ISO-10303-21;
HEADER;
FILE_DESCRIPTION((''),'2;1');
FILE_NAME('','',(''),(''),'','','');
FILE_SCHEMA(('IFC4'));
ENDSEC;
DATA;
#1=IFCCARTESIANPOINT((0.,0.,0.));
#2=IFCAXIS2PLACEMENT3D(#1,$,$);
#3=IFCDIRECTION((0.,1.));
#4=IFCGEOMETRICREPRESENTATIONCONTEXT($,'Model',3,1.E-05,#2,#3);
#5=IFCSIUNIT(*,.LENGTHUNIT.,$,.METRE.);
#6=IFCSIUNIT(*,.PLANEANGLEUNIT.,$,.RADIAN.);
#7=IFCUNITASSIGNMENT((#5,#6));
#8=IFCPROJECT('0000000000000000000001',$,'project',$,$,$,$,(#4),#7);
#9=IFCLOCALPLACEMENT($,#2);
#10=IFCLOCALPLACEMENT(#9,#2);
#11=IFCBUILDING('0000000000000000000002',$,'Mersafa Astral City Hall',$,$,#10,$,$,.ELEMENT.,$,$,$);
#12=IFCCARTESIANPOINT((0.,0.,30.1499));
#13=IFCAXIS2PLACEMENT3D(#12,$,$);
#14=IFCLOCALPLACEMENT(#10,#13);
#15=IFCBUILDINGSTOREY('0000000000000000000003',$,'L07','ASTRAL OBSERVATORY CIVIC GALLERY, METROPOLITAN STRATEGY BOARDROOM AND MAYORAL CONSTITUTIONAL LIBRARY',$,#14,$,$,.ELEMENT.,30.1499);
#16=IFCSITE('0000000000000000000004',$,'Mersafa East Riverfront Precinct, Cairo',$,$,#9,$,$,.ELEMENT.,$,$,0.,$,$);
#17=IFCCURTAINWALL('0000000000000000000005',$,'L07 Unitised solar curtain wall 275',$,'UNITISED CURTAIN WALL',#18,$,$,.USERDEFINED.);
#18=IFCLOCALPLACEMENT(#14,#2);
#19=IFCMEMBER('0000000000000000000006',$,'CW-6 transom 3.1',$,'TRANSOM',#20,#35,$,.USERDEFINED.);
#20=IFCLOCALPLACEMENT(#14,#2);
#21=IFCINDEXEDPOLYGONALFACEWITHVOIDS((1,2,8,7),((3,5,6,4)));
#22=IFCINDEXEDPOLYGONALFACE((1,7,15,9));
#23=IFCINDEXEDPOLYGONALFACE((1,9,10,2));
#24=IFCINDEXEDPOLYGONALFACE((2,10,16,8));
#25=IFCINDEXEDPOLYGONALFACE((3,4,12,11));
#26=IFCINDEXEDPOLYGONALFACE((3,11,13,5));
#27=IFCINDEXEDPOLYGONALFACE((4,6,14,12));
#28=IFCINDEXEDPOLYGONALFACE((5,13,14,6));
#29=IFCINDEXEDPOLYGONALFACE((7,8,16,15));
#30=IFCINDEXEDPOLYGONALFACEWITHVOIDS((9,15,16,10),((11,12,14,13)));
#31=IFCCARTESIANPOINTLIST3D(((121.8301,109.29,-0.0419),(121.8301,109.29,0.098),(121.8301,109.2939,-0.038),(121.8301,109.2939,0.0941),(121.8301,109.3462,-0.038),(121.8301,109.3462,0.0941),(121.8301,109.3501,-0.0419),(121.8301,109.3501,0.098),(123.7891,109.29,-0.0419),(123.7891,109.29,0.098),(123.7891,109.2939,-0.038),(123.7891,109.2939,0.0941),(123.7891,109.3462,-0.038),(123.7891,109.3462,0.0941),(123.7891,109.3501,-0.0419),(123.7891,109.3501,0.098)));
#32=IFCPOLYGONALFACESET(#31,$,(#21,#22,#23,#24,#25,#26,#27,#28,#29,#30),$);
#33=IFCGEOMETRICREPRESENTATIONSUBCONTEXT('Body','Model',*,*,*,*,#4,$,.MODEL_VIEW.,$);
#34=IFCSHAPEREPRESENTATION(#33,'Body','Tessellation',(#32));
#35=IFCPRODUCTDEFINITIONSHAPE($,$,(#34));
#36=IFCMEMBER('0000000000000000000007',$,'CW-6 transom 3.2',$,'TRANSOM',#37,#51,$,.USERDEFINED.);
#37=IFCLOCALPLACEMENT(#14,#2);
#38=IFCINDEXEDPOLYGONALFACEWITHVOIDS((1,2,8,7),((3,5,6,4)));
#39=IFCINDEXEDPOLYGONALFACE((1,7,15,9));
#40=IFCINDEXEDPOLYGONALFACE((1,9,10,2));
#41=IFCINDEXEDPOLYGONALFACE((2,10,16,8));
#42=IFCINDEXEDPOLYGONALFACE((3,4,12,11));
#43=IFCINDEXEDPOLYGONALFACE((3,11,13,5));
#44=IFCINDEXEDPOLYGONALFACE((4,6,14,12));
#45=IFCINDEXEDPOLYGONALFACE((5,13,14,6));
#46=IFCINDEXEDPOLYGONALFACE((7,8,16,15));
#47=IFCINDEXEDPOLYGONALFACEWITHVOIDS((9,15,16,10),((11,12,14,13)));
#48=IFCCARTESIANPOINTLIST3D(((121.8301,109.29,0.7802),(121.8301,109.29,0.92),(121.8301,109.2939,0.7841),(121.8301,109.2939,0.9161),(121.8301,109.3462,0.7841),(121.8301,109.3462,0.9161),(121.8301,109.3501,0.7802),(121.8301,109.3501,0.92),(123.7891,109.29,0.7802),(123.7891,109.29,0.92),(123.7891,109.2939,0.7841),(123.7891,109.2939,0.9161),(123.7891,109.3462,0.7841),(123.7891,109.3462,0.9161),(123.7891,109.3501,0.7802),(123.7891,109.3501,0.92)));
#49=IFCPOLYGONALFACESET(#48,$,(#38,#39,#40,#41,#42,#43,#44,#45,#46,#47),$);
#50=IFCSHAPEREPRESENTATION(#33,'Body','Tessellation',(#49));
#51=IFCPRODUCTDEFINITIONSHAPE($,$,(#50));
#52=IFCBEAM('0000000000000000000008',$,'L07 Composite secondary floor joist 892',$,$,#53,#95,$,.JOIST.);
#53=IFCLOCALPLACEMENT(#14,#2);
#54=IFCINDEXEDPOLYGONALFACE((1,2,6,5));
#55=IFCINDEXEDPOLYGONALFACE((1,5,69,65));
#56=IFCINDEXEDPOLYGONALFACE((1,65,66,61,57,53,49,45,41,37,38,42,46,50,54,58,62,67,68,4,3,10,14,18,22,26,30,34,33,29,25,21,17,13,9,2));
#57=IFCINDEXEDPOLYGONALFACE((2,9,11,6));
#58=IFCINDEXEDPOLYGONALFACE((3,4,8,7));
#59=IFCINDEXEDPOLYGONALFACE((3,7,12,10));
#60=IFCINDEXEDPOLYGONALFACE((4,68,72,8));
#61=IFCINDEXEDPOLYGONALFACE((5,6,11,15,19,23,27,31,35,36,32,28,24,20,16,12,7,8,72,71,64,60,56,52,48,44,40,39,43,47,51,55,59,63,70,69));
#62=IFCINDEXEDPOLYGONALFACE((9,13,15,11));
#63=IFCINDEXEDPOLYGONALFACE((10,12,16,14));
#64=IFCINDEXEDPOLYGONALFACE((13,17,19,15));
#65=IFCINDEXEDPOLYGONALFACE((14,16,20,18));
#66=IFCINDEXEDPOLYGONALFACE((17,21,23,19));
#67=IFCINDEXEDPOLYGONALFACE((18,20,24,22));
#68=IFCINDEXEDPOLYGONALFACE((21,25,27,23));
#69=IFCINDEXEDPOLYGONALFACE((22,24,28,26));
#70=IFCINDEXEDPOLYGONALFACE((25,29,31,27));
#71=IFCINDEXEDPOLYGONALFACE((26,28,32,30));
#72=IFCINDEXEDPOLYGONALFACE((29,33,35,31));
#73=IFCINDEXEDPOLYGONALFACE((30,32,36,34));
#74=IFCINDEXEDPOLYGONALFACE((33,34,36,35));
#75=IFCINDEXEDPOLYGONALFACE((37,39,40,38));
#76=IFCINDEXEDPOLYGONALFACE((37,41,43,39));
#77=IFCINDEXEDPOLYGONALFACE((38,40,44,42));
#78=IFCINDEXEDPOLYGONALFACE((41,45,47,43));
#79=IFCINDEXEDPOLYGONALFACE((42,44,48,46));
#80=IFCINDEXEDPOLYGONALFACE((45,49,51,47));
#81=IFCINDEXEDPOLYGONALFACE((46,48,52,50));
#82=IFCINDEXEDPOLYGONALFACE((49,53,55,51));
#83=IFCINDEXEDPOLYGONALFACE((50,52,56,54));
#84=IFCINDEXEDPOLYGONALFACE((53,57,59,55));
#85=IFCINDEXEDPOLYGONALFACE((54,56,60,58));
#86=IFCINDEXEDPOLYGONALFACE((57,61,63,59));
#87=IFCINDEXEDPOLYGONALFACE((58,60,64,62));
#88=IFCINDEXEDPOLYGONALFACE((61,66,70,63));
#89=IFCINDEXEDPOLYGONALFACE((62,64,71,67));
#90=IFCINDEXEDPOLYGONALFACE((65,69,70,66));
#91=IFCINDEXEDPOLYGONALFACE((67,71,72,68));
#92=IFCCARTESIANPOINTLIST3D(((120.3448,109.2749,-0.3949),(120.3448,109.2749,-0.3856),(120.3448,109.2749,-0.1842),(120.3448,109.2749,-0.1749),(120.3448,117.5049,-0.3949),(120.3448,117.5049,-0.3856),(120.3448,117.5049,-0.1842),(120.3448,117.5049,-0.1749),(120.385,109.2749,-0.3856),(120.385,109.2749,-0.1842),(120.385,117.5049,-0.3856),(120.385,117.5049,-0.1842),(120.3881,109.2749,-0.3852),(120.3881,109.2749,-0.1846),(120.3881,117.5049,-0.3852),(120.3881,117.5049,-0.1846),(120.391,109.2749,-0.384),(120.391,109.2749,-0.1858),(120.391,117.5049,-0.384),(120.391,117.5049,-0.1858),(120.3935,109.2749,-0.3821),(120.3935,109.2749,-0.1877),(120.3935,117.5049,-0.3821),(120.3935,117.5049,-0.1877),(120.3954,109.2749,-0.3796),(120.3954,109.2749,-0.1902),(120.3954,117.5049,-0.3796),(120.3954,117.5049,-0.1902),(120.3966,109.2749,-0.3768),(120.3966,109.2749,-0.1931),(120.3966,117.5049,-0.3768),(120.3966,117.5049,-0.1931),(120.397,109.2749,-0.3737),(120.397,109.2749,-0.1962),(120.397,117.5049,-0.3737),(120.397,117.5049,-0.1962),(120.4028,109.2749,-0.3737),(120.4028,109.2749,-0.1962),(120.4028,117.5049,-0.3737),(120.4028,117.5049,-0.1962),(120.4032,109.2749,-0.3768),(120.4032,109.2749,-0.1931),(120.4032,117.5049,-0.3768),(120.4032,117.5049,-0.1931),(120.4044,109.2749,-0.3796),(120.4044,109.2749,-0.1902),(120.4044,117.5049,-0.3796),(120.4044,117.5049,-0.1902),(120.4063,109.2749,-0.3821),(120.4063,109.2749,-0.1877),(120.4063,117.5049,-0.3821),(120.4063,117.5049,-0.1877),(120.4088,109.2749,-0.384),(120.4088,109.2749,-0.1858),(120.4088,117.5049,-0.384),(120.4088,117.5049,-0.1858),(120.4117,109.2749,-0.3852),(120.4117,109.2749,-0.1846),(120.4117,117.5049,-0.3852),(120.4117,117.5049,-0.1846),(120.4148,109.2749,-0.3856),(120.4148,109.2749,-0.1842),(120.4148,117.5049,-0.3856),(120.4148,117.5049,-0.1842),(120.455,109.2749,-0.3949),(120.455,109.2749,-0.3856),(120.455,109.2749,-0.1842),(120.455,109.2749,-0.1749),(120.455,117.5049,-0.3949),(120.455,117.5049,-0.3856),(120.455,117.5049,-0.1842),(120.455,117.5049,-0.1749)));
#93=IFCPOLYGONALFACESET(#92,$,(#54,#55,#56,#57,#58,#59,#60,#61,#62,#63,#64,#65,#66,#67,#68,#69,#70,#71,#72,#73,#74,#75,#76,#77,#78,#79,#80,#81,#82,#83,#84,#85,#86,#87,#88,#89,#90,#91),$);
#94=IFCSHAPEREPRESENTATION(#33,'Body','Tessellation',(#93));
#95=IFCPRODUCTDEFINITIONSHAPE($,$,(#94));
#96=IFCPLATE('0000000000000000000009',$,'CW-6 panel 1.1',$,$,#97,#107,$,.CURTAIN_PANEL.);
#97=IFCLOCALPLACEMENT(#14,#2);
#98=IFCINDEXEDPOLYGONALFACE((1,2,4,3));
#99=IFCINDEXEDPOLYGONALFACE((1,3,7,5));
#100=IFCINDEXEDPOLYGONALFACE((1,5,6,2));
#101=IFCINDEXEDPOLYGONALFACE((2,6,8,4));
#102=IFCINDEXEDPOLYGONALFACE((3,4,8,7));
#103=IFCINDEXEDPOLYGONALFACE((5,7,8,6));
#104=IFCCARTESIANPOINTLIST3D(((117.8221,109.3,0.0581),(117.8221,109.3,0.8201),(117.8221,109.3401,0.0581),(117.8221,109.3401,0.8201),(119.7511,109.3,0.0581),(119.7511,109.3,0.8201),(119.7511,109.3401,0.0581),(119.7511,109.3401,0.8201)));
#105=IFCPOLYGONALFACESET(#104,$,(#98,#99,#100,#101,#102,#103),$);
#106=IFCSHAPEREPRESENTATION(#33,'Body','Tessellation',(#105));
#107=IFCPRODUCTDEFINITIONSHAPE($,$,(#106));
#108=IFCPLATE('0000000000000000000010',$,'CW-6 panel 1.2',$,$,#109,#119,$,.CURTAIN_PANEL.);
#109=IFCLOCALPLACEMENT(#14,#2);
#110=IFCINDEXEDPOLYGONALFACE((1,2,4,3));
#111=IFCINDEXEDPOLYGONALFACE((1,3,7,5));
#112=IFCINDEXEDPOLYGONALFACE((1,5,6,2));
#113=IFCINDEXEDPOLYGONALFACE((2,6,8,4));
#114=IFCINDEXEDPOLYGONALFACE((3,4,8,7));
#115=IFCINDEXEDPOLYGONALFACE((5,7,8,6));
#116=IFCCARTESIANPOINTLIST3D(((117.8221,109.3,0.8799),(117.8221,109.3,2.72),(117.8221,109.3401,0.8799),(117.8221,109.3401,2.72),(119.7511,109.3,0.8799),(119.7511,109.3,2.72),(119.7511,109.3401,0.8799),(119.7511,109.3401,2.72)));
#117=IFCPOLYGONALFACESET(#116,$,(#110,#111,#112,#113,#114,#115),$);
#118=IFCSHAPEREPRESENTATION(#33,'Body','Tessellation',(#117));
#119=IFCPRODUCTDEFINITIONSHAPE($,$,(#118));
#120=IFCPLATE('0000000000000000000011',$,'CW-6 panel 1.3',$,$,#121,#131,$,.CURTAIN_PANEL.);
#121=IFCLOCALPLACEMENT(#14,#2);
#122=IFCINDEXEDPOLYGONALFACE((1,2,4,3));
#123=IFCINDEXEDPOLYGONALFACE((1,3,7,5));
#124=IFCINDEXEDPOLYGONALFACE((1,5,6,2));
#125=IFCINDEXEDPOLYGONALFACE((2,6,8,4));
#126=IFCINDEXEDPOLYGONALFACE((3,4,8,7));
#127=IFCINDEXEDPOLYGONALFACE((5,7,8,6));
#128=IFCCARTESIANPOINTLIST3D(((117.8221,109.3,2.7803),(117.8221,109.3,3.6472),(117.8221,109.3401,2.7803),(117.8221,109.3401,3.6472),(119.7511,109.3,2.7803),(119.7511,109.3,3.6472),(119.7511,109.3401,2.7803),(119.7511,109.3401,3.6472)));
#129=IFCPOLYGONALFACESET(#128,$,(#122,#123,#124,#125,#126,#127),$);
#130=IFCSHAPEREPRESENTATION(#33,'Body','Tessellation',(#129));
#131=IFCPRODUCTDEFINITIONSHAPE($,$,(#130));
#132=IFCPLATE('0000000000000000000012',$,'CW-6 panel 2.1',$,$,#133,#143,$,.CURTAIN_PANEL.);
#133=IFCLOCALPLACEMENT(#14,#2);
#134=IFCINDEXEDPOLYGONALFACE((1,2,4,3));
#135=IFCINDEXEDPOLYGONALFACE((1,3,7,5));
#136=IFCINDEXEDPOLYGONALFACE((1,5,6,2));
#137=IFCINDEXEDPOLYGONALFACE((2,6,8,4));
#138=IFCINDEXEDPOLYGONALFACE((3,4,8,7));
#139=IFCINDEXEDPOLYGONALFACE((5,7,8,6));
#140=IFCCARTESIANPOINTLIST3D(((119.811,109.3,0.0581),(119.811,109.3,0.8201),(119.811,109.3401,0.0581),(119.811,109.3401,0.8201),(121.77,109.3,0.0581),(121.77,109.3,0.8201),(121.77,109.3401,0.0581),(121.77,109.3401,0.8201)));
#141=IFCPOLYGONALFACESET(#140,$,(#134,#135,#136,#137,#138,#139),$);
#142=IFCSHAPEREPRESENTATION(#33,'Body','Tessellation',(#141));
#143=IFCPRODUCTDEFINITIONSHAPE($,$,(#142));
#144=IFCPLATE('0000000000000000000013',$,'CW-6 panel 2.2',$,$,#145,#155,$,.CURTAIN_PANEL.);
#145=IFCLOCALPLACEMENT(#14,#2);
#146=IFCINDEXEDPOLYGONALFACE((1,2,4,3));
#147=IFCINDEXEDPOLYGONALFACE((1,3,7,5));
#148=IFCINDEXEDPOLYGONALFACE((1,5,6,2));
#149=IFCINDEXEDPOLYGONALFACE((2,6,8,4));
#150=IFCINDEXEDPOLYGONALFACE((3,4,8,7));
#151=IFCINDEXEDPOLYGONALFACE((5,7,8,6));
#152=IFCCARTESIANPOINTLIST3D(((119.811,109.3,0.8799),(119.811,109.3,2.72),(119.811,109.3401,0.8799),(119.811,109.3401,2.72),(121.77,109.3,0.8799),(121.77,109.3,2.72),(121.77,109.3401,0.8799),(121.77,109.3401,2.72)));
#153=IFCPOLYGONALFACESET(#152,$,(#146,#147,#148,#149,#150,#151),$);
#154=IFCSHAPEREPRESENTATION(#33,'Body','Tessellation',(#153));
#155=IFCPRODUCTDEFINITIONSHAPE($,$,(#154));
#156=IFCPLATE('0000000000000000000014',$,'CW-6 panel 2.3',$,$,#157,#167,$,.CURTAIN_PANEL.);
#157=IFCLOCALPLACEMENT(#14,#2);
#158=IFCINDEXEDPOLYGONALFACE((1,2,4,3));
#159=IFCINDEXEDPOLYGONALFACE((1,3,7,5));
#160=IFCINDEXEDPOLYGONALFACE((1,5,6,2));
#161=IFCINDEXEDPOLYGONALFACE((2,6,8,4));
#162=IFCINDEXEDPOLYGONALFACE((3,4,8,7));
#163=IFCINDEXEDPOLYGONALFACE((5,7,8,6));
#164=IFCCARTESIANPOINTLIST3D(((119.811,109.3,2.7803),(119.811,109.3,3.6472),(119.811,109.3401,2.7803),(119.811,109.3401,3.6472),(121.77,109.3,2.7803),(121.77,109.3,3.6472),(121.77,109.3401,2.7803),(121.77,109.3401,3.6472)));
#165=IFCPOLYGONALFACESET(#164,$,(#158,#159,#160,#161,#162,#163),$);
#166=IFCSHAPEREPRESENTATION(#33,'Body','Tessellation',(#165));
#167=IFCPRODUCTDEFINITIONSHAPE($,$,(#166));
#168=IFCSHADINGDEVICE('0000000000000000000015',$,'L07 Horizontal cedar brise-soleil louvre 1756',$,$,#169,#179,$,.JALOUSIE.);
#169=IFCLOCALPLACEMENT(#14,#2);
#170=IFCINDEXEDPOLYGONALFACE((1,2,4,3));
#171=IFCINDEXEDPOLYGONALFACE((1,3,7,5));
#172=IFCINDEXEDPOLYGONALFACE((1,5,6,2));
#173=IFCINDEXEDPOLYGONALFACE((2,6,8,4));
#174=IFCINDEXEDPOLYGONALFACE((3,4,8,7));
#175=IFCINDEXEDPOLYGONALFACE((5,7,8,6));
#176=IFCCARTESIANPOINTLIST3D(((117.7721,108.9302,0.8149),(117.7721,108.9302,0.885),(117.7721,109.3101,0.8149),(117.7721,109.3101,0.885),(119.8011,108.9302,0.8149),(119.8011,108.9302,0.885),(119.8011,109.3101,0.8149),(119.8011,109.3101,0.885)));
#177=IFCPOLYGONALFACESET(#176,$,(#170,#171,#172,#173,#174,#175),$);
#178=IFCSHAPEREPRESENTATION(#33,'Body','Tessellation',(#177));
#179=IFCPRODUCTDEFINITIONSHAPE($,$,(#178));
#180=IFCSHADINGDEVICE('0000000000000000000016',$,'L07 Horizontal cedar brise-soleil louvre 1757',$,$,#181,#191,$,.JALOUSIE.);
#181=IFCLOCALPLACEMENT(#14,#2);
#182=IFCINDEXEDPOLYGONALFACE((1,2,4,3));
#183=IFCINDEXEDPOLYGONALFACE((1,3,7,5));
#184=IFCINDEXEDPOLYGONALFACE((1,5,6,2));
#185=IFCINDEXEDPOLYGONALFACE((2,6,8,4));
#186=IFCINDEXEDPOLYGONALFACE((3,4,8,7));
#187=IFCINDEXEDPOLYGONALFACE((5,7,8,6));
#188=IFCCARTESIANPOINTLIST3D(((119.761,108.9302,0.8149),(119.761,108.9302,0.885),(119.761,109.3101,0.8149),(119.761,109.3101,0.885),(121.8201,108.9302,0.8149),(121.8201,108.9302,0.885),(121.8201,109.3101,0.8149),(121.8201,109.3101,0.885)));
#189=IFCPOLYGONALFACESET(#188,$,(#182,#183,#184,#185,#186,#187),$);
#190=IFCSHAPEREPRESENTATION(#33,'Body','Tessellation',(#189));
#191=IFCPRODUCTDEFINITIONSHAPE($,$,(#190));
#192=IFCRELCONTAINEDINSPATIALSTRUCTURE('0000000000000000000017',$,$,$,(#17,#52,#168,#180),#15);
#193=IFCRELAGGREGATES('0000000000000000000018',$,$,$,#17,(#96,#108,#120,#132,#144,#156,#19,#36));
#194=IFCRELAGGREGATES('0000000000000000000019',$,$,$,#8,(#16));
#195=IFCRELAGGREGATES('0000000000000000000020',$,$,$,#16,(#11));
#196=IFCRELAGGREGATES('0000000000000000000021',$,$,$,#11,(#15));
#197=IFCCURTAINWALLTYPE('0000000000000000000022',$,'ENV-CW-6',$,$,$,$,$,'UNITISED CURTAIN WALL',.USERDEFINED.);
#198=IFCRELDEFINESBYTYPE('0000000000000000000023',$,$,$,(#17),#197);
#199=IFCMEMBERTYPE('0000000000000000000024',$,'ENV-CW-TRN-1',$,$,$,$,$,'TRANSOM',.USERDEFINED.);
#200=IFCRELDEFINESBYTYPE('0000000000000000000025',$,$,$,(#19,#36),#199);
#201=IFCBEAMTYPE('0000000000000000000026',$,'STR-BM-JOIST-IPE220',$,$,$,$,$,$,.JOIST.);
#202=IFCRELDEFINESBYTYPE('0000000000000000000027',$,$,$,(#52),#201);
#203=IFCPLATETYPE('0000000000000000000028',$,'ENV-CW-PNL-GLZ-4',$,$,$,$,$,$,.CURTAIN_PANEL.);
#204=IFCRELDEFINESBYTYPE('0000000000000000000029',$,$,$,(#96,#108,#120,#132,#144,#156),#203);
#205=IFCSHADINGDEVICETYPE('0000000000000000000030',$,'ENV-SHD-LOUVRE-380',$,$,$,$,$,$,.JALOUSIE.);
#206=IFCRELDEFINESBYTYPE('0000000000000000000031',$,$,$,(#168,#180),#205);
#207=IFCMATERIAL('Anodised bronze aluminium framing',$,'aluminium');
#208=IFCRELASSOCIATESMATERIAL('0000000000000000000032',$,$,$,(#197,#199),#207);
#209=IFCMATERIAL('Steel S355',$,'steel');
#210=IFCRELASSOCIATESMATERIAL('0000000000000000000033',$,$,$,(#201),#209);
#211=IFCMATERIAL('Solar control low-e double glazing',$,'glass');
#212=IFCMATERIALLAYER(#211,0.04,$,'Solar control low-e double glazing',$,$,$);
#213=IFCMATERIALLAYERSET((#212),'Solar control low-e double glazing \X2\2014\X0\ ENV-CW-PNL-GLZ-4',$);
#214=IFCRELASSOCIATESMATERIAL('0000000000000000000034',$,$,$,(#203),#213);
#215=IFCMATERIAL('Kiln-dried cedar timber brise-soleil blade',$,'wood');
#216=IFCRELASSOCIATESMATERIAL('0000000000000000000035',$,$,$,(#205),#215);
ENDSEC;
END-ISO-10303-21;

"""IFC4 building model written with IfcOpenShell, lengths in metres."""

from ifc_helpers import new_model, si_unit, direction, frame, origin, origin_2d, place, context, subcontext, project, spatial, rectangle, hollow_rectangle, i_section, extrude, material, layer, layer_set, material_profile, profile_set, type_object, element, aggregate, save


model = new_model("IFC4")

# Units and contexts
model_context = context("Model", 3, precision=1e-05, world=origin(), true_north=direction((0.0, 1.0)))
body_context = subcontext(model_context, "Body", "Model", "MODEL_VIEW")
ifc_project = project(units=[si_unit("LENGTHUNIT", "METRE"), si_unit("PLANEANGLEUNIT", "RADIAN")], contexts=[model_context])

# Site, building, storey
site_placement = place(None, origin())
site = spatial("IfcSite", under=ifc_project, at=site_placement, Name="Mersafa East Riverfront Precinct, Cairo", CompositionType="ELEMENT", RefElevation=0.0)
building_placement = place(site_placement, origin())
building = spatial("IfcBuilding", under=site, at=building_placement, Name="Mersafa Astral City Hall", CompositionType="ELEMENT")
storey_placement = place(building_placement, frame((0.0, 0.0, 30.1499)))
storey = spatial("IfcBuildingStorey", under=building, at=storey_placement, Name="L07", Description="ASTRAL OBSERVATORY CIVIC GALLERY, METROPOLITAN STRATEGY BOARDROOM AND MAYORAL CONSTITUTIONAL LIBRARY", CompositionType="ELEMENT", Elevation=30.1499)

# Curtain wall, members
ifc_material_1 = material(Name="Anodised bronze aluminium framing", Category="aluminium")
curtain_wall_type = type_object("IfcCurtainWallType", Name="ENV-CW-6", ElementType="UNITISED CURTAIN WALL", PredefinedType="USERDEFINED", material=ifc_material_1)
curtain_wall_placement = place(storey_placement, origin())
curtain_wall = element("IfcCurtainWall", 1, at=curtain_wall_placement, inside=storey, type_object=curtain_wall_type, Name="L07 Unitised solar curtain wall 275", ObjectType="UNITISED CURTAIN WALL", PredefinedType="USERDEFINED")
ifc_material_profile_1 = material_profile(ifc_material_1, hollow_rectangle(XDim=0.0601, YDim=0.1399, WallThickness=0.0039, at=origin_2d()), Name="RHS 60x140x4")
ifc_profile_set_1 = profile_set([ifc_material_profile_1], Name="Anodised bronze aluminium framing")
member_type_1 = type_object("IfcMemberType", Name="ENV-CW-TRN-1", ElementType="TRANSOM", PredefinedType="USERDEFINED", material=ifc_profile_set_1)
member_1_placement = place(storey_placement, frame((121.8301, 109.3201, 0.0281), z_axis=(1.0, 0.0, 0.0), x_axis=(0.0, 1.0, 0.0)))
member_1 = element("IfcMember", 2, at=member_1_placement, type_object=member_type_1, Name="CW-6 transom 3.1", ObjectType="TRANSOM", PredefinedType="USERDEFINED", context=body_context, shape_type="SweptSolid", body=[
    extrude(hollow_rectangle(XDim=0.0601, YDim=0.1399, WallThickness=0.0039, at=origin_2d()), origin(), (0.0, 0.0, 1.0), 1.959),
])
member_2_placement = place(storey_placement, frame((121.8301, 109.3201, 0.8501), z_axis=(1.0, 0.0, 0.0), x_axis=(0.0, 1.0, 0.0)))
member_2 = element("IfcMember", 3, at=member_2_placement, type_object=member_type_1, Name="CW-6 transom 3.2", ObjectType="TRANSOM", PredefinedType="USERDEFINED", context=body_context, shape_type="SweptSolid", body=[
    extrude(hollow_rectangle(XDim=0.0601, YDim=0.1399, WallThickness=0.0039, at=origin_2d()), origin(), (0.0, 0.0, 1.0), 1.959),
])

# Beam
ifc_material_2 = material(Name="Steel S355", Category="steel")
ifc_material_profile_2 = material_profile(ifc_material_2, i_section(OverallWidth=0.1101, OverallDepth=0.22, WebThickness=0.0059, FlangeThickness=0.0093, FilletRadius=0.012, at=origin_2d()), Name="IPE 220")
ifc_profile_set_2 = profile_set([ifc_material_profile_2], Name="Steel S355")
beam_type = type_object("IfcBeamType", Name="STR-BM-JOIST-IPE220", PredefinedType="JOIST", material=ifc_profile_set_2)
beam_placement = place(storey_placement, frame((120.3999, 109.2749, -0.2849), z_axis=(0.0, 1.0, 0.0), x_axis=(-1.0, 0.0, 0.0)))
element("IfcBeam", 4, at=beam_placement, inside=storey, type_object=beam_type, Name="L07 Composite secondary floor joist 892", PredefinedType="JOIST", context=body_context, shape_type="SweptSolid", body=[
    extrude(i_section(OverallWidth=0.1101, OverallDepth=0.22, WebThickness=0.0059, FlangeThickness=0.0093, FilletRadius=0.012, at=origin_2d()), origin(), (0.0, 0.0, 1.0), 8.23),
])

# Plates
ifc_material_3 = material(Name="Solar control low-e double glazing", Category="glass")
ifc_layer = layer(ifc_material_3, 0.04, Name="Solar control low-e double glazing")
ifc_layer_set = layer_set([ifc_layer], Name="Solar control low-e double glazing — ENV-CW-PNL-GLZ-4")
plate_type = type_object("IfcPlateType", Name="ENV-CW-PNL-GLZ-4", PredefinedType="CURTAIN_PANEL", material=ifc_layer_set)
plate_1_placement = place(storey_placement, frame((118.7866, 109.3201, 0.0581), z_axis=(0.0, 0.0, 1.0), x_axis=(1.0, 0.0, 0.0)))
plate_1 = element("IfcPlate", 5, at=plate_1_placement, type_object=plate_type, Name="CW-6 panel 1.1", PredefinedType="CURTAIN_PANEL", context=body_context, shape_type="SweptSolid", body=[
    extrude(rectangle(XDim=1.929, YDim=0.04, at=origin_2d()), origin(), (0.0, 0.0, 1.0), 0.762),
])
plate_2_placement = place(storey_placement, frame((118.7866, 109.3201, 0.8799), z_axis=(0.0, 0.0, 1.0), x_axis=(1.0, 0.0, 0.0)))
plate_2 = element("IfcPlate", 6, at=plate_2_placement, type_object=plate_type, Name="CW-6 panel 1.2", PredefinedType="CURTAIN_PANEL", context=body_context, shape_type="SweptSolid", body=[
    extrude(rectangle(XDim=1.929, YDim=0.04, at=origin_2d()), origin(), (0.0, 0.0, 1.0), 1.8401),
])
plate_3_placement = place(storey_placement, frame((118.7866, 109.3201, 2.7803), z_axis=(0.0, 0.0, 1.0), x_axis=(1.0, 0.0, 0.0)))
plate_3 = element("IfcPlate", 7, at=plate_3_placement, type_object=plate_type, Name="CW-6 panel 1.3", PredefinedType="CURTAIN_PANEL", context=body_context, shape_type="SweptSolid", body=[
    extrude(rectangle(XDim=1.929, YDim=0.04, at=origin_2d()), origin(), (0.0, 0.0, 1.0), 0.8669),
])
plate_4_placement = place(storey_placement, frame((120.7905, 109.3201, 0.0581), z_axis=(0.0, 0.0, 1.0), x_axis=(1.0, 0.0, 0.0)))
plate_4 = element("IfcPlate", 8, at=plate_4_placement, type_object=plate_type, Name="CW-6 panel 2.1", PredefinedType="CURTAIN_PANEL", context=body_context, shape_type="SweptSolid", body=[
    extrude(rectangle(XDim=1.959, YDim=0.04, at=origin_2d()), origin(), (0.0, 0.0, 1.0), 0.762),
])
plate_5_placement = place(storey_placement, frame((120.7905, 109.3201, 0.8799), z_axis=(0.0, 0.0, 1.0), x_axis=(1.0, 0.0, 0.0)))
plate_5 = element("IfcPlate", 9, at=plate_5_placement, type_object=plate_type, Name="CW-6 panel 2.2", PredefinedType="CURTAIN_PANEL", context=body_context, shape_type="SweptSolid", body=[
    extrude(rectangle(XDim=1.959, YDim=0.04, at=origin_2d()), origin(), (0.0, 0.0, 1.0), 1.8401),
])
plate_6_placement = place(storey_placement, frame((120.7905, 109.3201, 2.7803), z_axis=(0.0, 0.0, 1.0), x_axis=(1.0, 0.0, 0.0)))
plate_6 = element("IfcPlate", 10, at=plate_6_placement, type_object=plate_type, Name="CW-6 panel 2.3", PredefinedType="CURTAIN_PANEL", context=body_context, shape_type="SweptSolid", body=[
    extrude(rectangle(XDim=1.959, YDim=0.04, at=origin_2d()), origin(), (0.0, 0.0, 1.0), 0.8669),
])
aggregate(curtain_wall, [plate_1, plate_2, plate_3, plate_4, plate_5, plate_6, member_1, member_2])

# Shading devices
ifc_material_4 = material(Name="Kiln-dried cedar timber brise-soleil blade", Category="wood")
shading_device_type = type_object("IfcShadingDeviceType", Name="ENV-SHD-LOUVRE-380", PredefinedType="JALOUSIE", material=ifc_material_4)
shading_device_1_placement = place(storey_placement, frame((118.7866, 109.1201, 0.8149), z_axis=(0.0, 0.0, 1.0), x_axis=(1.0, 0.0, 0.0)))
element("IfcShadingDevice", 11, at=shading_device_1_placement, inside=storey, type_object=shading_device_type, Name="L07 Horizontal cedar brise-soleil louvre 1756", PredefinedType="JALOUSIE", context=body_context, shape_type="SweptSolid", body=[
    extrude(rectangle(XDim=2.0291, YDim=0.3799, at=origin_2d()), origin(), (0.0, 0.0, 1.0), 0.0701),
])
shading_device_2_placement = place(storey_placement, frame((120.7905, 109.1201, 0.8149), z_axis=(0.0, 0.0, 1.0), x_axis=(1.0, 0.0, 0.0)))
element("IfcShadingDevice", 12, at=shading_device_2_placement, inside=storey, type_object=shading_device_type, Name="L07 Horizontal cedar brise-soleil louvre 1757", PredefinedType="JALOUSIE", context=body_context, shape_type="SweptSolid", body=[
    extrude(rectangle(XDim=2.0591, YDim=0.3799, at=origin_2d()), origin(), (0.0, 0.0, 1.0), 0.0701),
])

save(model, "model.ifc")
